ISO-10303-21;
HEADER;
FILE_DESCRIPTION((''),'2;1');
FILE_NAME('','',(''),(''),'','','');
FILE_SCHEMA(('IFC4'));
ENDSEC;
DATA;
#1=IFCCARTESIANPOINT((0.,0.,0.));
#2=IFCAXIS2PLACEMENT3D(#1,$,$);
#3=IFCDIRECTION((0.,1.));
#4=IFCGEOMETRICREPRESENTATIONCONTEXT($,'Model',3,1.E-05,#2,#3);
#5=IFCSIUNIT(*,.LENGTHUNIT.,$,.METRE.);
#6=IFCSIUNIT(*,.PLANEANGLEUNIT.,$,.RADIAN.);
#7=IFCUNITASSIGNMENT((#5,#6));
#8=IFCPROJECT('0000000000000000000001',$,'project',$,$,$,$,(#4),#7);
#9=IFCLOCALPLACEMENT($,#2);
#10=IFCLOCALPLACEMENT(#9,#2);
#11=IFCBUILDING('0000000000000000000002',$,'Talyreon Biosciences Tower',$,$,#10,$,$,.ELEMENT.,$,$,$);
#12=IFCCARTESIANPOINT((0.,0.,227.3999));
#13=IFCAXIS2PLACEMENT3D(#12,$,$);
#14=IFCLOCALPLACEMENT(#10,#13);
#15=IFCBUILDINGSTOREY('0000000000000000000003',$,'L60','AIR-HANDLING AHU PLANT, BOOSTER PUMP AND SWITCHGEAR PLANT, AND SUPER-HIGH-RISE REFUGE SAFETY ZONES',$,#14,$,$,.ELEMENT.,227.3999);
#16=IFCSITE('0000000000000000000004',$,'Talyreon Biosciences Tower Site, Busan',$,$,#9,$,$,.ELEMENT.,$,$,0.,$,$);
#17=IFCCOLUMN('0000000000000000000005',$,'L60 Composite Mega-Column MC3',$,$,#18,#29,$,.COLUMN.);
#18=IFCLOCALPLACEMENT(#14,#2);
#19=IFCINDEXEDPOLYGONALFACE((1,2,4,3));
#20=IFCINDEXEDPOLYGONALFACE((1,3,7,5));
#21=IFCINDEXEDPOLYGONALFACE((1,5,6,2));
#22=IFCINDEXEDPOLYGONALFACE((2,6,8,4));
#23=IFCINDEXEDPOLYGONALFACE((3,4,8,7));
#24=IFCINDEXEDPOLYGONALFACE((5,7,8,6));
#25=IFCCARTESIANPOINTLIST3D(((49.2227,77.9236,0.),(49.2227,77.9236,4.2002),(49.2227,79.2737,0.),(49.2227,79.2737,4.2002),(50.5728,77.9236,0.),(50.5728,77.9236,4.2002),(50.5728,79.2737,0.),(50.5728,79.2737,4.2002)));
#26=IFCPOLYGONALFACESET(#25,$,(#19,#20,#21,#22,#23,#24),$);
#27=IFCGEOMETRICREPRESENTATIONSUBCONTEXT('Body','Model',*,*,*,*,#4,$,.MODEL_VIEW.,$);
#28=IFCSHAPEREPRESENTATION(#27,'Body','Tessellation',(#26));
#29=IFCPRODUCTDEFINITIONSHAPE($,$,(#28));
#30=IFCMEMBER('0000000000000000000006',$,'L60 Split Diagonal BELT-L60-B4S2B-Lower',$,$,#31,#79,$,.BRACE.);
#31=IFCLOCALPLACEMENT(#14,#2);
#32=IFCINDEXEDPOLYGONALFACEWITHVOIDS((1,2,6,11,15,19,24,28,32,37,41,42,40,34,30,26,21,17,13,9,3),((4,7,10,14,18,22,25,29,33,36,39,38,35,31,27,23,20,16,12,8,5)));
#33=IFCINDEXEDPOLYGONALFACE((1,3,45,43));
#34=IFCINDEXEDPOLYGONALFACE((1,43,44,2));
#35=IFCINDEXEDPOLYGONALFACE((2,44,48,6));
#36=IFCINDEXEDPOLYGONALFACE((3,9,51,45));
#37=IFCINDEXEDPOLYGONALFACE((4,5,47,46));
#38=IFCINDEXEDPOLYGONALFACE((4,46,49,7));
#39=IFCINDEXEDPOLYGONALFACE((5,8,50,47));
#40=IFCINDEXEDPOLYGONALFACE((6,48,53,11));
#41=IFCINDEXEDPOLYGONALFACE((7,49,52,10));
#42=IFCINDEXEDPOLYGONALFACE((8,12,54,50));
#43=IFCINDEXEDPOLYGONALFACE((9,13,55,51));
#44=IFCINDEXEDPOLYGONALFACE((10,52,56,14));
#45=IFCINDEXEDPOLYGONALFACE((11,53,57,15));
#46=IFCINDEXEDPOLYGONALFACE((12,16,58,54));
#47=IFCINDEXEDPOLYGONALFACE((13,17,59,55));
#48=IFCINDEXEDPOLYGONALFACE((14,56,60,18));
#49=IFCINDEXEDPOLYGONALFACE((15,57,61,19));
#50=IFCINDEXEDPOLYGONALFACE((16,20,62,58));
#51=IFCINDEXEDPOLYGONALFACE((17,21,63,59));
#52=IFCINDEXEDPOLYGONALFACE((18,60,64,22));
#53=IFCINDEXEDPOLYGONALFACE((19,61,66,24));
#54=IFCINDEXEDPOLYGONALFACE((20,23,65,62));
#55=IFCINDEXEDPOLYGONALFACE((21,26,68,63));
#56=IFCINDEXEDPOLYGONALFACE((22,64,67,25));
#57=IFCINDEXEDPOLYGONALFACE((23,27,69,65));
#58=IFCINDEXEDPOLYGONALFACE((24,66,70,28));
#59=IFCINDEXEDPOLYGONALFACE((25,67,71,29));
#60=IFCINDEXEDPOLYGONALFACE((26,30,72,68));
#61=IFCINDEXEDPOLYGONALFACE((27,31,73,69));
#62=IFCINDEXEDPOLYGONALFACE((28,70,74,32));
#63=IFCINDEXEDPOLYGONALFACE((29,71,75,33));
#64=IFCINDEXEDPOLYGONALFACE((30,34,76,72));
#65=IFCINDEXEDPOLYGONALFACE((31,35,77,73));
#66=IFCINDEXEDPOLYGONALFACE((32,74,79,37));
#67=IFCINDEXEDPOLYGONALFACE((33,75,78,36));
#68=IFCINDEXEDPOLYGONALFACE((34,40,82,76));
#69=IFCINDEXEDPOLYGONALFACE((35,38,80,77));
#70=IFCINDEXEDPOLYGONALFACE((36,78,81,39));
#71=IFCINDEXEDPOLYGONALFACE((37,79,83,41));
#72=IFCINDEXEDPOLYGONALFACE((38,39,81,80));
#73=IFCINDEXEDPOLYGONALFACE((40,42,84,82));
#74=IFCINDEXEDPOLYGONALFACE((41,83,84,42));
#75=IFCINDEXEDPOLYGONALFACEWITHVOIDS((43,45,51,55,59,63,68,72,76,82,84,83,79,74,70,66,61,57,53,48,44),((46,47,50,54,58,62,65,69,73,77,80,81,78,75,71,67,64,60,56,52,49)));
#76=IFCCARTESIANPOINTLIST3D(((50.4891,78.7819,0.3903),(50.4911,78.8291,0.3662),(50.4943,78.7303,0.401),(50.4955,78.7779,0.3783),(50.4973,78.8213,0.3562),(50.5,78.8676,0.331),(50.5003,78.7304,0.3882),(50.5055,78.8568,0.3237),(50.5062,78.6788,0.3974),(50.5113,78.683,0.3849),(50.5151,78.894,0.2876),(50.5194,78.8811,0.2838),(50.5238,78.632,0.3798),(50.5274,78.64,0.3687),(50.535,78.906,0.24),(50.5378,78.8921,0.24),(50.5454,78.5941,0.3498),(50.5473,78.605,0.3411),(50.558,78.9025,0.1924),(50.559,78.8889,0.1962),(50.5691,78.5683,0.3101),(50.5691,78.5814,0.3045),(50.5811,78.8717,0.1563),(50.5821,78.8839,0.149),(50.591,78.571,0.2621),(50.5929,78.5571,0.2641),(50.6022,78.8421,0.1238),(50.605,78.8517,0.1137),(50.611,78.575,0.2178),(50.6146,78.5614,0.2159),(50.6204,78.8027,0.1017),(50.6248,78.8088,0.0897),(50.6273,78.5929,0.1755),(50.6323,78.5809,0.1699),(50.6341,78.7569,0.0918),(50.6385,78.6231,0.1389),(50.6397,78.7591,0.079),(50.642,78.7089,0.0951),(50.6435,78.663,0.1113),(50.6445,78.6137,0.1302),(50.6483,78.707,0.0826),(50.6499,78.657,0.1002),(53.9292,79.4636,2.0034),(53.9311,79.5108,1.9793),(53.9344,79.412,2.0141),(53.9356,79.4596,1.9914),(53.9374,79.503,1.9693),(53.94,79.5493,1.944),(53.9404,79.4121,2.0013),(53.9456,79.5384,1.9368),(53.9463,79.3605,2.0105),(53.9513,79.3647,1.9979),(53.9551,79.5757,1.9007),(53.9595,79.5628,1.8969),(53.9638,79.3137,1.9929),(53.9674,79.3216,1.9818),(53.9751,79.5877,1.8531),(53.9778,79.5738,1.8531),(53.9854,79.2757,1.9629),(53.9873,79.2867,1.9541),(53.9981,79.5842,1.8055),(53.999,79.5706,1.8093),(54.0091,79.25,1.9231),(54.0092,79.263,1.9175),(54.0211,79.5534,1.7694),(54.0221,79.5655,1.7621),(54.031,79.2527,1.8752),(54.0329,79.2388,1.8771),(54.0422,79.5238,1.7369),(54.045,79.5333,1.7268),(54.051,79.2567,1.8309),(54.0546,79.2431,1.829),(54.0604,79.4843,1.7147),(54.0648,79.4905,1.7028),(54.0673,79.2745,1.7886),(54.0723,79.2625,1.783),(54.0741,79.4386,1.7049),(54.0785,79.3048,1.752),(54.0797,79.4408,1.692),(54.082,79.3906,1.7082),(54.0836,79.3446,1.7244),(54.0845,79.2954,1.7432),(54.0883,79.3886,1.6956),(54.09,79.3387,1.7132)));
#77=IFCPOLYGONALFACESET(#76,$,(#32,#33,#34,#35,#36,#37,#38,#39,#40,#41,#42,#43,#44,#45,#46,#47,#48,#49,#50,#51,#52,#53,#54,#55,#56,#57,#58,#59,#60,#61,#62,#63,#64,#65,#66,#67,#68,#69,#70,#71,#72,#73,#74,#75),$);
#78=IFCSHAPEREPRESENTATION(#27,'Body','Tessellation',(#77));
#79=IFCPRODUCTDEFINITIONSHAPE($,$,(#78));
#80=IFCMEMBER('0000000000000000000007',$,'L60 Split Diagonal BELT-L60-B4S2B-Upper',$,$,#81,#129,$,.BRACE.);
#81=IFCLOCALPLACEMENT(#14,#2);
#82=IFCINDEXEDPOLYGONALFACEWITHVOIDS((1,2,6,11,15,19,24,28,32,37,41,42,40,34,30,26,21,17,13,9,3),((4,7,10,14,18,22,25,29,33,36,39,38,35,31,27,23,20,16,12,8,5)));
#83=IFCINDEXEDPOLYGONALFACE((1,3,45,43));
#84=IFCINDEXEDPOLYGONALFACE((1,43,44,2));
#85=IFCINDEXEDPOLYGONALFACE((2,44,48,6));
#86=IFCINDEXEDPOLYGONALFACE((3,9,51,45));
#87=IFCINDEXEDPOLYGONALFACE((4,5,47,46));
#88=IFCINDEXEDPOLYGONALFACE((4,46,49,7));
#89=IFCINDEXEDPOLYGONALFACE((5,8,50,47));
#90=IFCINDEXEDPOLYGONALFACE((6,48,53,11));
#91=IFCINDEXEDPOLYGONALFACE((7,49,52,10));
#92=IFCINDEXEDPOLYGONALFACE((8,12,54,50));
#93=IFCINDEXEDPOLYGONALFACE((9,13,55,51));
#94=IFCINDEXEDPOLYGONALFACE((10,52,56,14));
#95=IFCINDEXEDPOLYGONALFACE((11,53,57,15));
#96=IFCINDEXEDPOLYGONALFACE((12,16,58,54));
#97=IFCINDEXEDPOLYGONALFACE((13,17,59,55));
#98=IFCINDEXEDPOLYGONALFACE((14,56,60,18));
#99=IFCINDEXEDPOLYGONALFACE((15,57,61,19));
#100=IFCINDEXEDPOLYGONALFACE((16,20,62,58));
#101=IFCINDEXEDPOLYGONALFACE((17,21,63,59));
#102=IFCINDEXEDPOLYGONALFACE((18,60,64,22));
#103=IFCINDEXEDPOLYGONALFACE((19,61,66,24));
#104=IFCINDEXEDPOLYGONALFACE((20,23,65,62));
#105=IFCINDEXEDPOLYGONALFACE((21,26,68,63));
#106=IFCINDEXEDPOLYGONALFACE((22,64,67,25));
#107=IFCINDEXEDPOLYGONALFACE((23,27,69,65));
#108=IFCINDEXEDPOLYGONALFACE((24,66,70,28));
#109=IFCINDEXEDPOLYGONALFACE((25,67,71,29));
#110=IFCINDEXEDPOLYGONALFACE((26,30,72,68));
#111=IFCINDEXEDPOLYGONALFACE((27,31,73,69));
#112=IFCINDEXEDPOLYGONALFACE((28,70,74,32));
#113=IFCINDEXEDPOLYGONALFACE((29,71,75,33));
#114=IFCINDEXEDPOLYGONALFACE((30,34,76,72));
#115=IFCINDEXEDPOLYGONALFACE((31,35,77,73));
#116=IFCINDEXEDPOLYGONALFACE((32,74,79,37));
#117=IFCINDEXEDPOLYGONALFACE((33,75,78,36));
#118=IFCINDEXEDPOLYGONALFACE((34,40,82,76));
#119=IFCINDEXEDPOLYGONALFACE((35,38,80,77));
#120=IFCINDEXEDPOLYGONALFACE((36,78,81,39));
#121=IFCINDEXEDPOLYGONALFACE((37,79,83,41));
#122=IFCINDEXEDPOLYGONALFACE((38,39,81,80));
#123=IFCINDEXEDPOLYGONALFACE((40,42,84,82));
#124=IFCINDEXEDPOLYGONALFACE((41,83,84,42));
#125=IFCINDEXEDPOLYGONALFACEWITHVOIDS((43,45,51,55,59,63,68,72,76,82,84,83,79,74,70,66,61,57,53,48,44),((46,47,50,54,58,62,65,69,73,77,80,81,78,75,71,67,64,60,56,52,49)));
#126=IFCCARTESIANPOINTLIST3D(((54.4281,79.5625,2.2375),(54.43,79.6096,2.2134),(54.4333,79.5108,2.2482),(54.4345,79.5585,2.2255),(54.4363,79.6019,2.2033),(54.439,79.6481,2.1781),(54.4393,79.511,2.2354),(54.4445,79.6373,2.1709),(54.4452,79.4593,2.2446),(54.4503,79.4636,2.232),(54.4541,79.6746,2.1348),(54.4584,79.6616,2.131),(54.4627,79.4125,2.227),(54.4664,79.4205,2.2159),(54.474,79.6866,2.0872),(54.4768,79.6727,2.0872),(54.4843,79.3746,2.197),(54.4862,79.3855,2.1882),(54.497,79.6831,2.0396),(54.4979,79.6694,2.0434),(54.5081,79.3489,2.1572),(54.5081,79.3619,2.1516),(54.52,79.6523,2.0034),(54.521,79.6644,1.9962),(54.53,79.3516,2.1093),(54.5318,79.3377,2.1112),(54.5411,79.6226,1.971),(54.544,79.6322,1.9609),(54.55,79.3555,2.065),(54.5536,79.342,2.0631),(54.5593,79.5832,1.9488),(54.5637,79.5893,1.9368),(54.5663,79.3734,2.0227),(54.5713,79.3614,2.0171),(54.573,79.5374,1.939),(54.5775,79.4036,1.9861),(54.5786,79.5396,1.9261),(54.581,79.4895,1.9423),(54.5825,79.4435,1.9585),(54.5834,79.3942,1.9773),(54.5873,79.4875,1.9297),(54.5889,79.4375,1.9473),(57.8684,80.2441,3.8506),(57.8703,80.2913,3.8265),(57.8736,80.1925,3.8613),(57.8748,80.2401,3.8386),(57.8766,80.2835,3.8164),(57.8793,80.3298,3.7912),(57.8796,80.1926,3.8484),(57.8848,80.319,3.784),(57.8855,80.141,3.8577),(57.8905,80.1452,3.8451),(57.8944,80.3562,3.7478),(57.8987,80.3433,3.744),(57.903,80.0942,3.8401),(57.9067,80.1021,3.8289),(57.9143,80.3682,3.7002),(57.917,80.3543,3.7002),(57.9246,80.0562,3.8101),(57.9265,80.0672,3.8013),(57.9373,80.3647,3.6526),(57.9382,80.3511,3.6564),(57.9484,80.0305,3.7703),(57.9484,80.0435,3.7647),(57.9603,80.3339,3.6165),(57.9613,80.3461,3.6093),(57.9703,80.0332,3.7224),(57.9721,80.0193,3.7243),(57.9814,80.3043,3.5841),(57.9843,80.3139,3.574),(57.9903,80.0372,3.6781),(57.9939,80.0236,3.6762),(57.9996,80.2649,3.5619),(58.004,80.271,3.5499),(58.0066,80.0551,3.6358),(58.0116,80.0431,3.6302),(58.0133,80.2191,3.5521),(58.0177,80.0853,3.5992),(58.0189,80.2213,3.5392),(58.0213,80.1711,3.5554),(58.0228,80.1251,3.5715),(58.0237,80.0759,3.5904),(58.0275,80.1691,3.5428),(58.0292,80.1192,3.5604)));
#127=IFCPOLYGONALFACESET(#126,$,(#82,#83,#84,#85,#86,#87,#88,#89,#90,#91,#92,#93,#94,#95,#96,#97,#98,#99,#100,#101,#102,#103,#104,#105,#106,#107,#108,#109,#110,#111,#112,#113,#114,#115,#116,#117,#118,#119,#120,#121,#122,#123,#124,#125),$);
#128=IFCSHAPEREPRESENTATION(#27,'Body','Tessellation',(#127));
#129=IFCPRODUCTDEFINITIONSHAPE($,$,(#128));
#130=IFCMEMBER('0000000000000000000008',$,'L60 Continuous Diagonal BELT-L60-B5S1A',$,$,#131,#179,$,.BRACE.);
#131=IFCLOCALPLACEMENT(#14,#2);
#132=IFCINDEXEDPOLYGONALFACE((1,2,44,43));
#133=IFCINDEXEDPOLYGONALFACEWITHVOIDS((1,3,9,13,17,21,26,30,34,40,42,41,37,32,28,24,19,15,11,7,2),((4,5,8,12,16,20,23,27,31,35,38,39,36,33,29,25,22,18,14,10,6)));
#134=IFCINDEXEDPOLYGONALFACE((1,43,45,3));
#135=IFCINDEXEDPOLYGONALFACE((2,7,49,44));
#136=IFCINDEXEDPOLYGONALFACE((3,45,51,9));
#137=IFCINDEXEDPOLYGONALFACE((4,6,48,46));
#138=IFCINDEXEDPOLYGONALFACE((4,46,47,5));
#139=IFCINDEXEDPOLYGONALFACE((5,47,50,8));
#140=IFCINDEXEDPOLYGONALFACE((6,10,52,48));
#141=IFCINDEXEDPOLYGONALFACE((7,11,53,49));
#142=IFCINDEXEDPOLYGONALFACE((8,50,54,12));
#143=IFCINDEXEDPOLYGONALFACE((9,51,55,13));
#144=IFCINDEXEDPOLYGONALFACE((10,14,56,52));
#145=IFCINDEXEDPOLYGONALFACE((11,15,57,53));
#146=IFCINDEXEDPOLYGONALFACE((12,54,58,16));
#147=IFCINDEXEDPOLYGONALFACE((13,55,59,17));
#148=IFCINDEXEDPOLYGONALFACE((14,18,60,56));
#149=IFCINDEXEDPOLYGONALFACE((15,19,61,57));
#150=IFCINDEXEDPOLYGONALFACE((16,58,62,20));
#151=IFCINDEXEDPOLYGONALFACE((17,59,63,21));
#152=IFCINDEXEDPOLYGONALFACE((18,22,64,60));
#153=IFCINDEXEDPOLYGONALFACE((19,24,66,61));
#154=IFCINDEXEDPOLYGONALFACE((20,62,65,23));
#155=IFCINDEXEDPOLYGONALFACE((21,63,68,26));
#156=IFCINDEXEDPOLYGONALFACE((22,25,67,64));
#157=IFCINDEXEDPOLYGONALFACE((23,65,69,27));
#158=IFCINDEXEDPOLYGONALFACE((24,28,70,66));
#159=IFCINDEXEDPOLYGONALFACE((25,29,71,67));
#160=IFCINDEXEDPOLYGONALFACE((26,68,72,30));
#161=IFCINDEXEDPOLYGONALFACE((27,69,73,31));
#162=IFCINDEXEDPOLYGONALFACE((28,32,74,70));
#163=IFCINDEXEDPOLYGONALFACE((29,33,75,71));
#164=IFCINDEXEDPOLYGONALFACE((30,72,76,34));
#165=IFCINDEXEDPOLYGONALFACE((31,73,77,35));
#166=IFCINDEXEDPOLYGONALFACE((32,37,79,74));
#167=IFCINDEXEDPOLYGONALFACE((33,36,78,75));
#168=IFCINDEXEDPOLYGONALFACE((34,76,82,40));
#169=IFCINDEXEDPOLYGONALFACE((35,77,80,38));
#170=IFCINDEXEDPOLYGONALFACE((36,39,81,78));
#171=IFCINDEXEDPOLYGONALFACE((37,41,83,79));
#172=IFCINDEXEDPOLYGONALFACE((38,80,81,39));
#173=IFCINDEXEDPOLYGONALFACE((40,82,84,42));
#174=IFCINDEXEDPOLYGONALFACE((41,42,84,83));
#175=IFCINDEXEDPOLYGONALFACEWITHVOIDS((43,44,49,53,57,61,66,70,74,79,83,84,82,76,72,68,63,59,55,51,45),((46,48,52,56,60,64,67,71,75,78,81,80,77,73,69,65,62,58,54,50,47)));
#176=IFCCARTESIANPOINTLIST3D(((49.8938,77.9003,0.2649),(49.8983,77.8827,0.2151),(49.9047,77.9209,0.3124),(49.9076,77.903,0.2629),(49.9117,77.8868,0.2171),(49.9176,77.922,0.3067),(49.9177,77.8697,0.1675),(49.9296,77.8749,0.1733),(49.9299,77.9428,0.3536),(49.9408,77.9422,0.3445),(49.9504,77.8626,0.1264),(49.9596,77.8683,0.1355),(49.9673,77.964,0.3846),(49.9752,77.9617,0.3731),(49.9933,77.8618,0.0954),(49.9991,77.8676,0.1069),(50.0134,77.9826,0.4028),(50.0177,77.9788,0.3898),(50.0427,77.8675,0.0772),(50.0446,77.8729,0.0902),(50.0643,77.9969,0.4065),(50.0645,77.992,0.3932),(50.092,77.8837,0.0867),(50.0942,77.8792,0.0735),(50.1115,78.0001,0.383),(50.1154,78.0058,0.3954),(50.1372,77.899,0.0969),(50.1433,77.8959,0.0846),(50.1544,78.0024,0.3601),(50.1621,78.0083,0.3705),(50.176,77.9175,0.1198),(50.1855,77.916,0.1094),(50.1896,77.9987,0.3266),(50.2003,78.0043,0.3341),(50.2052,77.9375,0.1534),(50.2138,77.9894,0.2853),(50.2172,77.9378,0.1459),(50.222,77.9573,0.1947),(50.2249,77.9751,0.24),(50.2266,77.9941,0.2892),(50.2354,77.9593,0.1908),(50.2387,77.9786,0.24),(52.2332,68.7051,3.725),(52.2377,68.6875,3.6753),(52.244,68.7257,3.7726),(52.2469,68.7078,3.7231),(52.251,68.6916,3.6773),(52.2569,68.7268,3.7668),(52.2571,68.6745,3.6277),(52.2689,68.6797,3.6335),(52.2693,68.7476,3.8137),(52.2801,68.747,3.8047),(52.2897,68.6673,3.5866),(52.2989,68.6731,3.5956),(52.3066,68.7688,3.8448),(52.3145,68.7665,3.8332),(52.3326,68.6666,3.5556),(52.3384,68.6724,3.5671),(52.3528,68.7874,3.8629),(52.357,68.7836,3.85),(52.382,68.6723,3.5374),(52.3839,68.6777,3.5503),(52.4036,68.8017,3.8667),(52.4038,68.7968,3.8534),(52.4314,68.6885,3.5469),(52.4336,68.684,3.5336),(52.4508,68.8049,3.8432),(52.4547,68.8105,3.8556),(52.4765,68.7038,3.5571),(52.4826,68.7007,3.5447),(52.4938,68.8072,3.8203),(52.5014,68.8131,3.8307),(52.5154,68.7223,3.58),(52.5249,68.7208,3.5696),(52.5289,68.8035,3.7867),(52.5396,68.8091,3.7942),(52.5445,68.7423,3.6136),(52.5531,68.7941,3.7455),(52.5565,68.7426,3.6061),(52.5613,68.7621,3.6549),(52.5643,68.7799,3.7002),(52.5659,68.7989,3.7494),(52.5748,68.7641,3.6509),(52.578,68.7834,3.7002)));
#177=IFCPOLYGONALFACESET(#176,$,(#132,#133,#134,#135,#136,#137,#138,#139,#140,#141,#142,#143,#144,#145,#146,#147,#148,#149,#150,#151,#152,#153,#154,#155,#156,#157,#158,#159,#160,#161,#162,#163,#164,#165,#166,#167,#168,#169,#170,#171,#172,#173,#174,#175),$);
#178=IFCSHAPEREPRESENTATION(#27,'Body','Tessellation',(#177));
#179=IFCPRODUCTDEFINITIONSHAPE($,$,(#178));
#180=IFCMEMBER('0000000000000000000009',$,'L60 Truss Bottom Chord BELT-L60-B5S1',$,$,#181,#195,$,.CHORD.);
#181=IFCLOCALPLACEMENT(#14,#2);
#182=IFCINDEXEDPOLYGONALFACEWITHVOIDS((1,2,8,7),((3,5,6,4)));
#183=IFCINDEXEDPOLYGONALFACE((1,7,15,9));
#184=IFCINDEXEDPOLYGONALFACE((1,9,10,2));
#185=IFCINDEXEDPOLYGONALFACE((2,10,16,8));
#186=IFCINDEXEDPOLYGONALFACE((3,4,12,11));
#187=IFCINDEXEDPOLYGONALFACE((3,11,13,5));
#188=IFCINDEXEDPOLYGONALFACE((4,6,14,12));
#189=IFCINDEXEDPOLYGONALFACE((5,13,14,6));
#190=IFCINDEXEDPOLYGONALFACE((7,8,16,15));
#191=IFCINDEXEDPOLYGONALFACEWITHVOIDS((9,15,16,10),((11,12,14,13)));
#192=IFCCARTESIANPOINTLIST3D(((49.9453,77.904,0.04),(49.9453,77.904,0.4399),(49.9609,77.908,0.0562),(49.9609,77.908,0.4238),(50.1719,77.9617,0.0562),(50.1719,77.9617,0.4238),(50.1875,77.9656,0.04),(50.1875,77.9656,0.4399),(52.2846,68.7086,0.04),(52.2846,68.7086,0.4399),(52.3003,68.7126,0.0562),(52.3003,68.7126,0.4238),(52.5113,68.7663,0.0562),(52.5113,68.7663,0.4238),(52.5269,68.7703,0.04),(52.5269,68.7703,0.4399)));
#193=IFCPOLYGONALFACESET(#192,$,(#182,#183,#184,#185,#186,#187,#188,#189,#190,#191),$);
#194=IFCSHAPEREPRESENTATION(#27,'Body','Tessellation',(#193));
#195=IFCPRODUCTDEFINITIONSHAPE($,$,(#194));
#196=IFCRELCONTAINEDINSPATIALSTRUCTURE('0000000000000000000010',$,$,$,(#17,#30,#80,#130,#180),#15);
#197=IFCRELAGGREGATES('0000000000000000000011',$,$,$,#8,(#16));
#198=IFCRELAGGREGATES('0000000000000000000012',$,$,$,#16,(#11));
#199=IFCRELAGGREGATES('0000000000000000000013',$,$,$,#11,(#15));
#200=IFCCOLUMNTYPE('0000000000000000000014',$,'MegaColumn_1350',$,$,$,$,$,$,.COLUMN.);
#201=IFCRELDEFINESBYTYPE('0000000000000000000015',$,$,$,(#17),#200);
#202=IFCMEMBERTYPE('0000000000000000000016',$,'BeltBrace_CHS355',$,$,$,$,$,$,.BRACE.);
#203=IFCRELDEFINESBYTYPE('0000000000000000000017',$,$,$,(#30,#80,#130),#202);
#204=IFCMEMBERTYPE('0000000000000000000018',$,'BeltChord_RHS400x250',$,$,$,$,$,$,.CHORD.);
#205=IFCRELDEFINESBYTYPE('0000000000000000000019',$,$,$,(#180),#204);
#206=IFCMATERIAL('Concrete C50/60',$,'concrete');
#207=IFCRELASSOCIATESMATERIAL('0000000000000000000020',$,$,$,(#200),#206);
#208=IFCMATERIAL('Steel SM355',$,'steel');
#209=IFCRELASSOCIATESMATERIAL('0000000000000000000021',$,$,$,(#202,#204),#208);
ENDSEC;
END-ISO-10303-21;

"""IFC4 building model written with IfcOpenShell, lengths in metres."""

from ifc_helpers import new_model, si_unit, direction, frame, origin, origin_2d, place, context, subcontext, project, spatial, rectangle, hollow_rectangle, hollow_circle, extrude, material, material_profile, profile_set, type_object, element, save


model = new_model("IFC4")

# Units and contexts
model_context = context("Model", 3, precision=1e-05, world=origin(), true_north=direction((0.0, 1.0)))
body_context = subcontext(model_context, "Body", "Model", "MODEL_VIEW")
ifc_project = project(units=[si_unit("LENGTHUNIT", "METRE"), si_unit("PLANEANGLEUNIT", "RADIAN")], contexts=[model_context])

# Site, building, storey
site_placement = place(None, origin())
site = spatial("IfcSite", under=ifc_project, at=site_placement, Name="Talyreon Biosciences Tower Site, Busan", CompositionType="ELEMENT", RefElevation=0.0)
building_placement = place(site_placement, origin())
building = spatial("IfcBuilding", under=site, at=building_placement, Name="Talyreon Biosciences Tower", CompositionType="ELEMENT")
storey_placement = place(building_placement, frame((0.0, 0.0, 227.3999)))
storey = spatial("IfcBuildingStorey", under=building, at=storey_placement, Name="L60", Description="AIR-HANDLING AHU PLANT, BOOSTER PUMP AND SWITCHGEAR PLANT, AND SUPER-HIGH-RISE REFUGE SAFETY ZONES", CompositionType="ELEMENT", Elevation=227.3999)

# Column
ifc_material_1 = material(Name="Concrete C50/60", Category="concrete")
ifc_material_profile_1 = material_profile(ifc_material_1, rectangle(XDim=1.3501, YDim=1.3501, at=origin_2d()), Name="RC 1350x1350")
ifc_profile_set_1 = profile_set([ifc_material_profile_1], Name="Concrete C50/60")
column_type = type_object("IfcColumnType", Name="MegaColumn_1350", PredefinedType="COLUMN", material=ifc_profile_set_1)
column_placement = place(storey_placement, frame((49.8977, 78.5986, 0.0), z_axis=(0.0, 0.0, 1.0), x_axis=(1.0, 0.0, 0.0)))
element("IfcColumn", 1, at=column_placement, inside=storey, type_object=column_type, Name="L60 Composite Mega-Column MC3", PredefinedType="COLUMN", context=body_context, shape_type="SweptSolid", body=[
    extrude(rectangle(XDim=1.3501, YDim=1.3501, at=origin_2d()), origin(), (0.0, 0.0, 1.0), 4.2002),
])

# Members
ifc_material_2 = material(Name="Steel SM355", Category="steel")
ifc_material_profile_2 = material_profile(ifc_material_2, hollow_circle(Radius=0.1777, WallThickness=0.0142, at=origin_2d()), Name="CHS 355.6x14.2")
ifc_profile_set_2 = profile_set([ifc_material_profile_2], Name="Steel SM355")
member_type_1 = type_object("IfcMemberType", Name="BeltBrace_CHS355", PredefinedType="BRACE", material=ifc_profile_set_2)
member_1_placement = place(storey_placement, frame((50.5696, 78.7317, 0.24), z_axis=(0.891173, 0.17659, 0.417884), x_axis=(-0.194375, 0.980927, 0.0)))
element("IfcMember", 2, at=member_1_placement, inside=storey, type_object=member_type_1, Name="L60 Split Diagonal BELT-L60-B4S2B-Lower", PredefinedType="BRACE", context=body_context, shape_type="SweptSolid", body=[
    extrude(hollow_circle(Radius=0.1777, WallThickness=0.0142, at=origin_2d()), origin(), (0.0, 0.0, 1.0), 3.8601),
])
member_2_placement = place(storey_placement, frame((54.5085, 79.5122, 2.0872), z_axis=(0.891186, 0.17658, 0.41786), x_axis=(-0.194362, 0.98093, 0.0)))
element("IfcMember", 3, at=member_2_placement, inside=storey, type_object=member_type_1, Name="L60 Split Diagonal BELT-L60-B4S2B-Upper", PredefinedType="BRACE", context=body_context, shape_type="SweptSolid", body=[
    extrude(hollow_circle(Radius=0.1777, WallThickness=0.0142, at=origin_2d()), origin(), (0.0, 0.0, 1.0), 3.8604),
])
member_3_placement = place(storey_placement, frame((50.0664, 77.9348, 0.24), z_axis=(0.231631, -0.910474, 0.342612), x_axis=(0.969129, 0.246554, 0.0)))
element("IfcMember", 4, at=member_3_placement, inside=storey, type_object=member_type_1, Name="L60 Continuous Diagonal BELT-L60-B5S1A", PredefinedType="BRACE", context=body_context, shape_type="SweptSolid", body=[
    extrude(hollow_circle(Radius=0.1777, WallThickness=0.0142, at=origin_2d()), origin(), (0.0, 0.0, 1.0), 10.0994),
])
ifc_material_profile_3 = material_profile(ifc_material_2, hollow_rectangle(XDim=0.25, YDim=0.3999, WallThickness=0.0161, at=origin_2d()), Name="RHS 400x250x16")
ifc_profile_set_3 = profile_set([ifc_material_profile_3], Name="Steel SM355")
member_type_2 = type_object("IfcMemberType", Name="BeltChord_RHS400x250", PredefinedType="CHORD", material=ifc_profile_set_3)
for number, where, z_axis, x_axis, name in (
    (5, (50.0664, 77.9348, 0.24), (0.246554, -0.969129, 0.0), (0.969129, 0.246554, 0.0), "L60 Truss Bottom Chord BELT-L60-B5S1"),
):
    element("IfcMember", number, at=place(storey_placement, frame(where, z_axis=z_axis, x_axis=x_axis)), inside=storey, type_object=member_type_2, Name=name, PredefinedType="CHORD", context=body_context, shape_type="SweptSolid", body=[
        extrude(hollow_rectangle(XDim=0.25, YDim=0.3999, WallThickness=0.0161, at=origin_2d()), origin(), (0.0, 0.0, 1.0), 9.4883),
    ])

save(model, "model.ifc")
